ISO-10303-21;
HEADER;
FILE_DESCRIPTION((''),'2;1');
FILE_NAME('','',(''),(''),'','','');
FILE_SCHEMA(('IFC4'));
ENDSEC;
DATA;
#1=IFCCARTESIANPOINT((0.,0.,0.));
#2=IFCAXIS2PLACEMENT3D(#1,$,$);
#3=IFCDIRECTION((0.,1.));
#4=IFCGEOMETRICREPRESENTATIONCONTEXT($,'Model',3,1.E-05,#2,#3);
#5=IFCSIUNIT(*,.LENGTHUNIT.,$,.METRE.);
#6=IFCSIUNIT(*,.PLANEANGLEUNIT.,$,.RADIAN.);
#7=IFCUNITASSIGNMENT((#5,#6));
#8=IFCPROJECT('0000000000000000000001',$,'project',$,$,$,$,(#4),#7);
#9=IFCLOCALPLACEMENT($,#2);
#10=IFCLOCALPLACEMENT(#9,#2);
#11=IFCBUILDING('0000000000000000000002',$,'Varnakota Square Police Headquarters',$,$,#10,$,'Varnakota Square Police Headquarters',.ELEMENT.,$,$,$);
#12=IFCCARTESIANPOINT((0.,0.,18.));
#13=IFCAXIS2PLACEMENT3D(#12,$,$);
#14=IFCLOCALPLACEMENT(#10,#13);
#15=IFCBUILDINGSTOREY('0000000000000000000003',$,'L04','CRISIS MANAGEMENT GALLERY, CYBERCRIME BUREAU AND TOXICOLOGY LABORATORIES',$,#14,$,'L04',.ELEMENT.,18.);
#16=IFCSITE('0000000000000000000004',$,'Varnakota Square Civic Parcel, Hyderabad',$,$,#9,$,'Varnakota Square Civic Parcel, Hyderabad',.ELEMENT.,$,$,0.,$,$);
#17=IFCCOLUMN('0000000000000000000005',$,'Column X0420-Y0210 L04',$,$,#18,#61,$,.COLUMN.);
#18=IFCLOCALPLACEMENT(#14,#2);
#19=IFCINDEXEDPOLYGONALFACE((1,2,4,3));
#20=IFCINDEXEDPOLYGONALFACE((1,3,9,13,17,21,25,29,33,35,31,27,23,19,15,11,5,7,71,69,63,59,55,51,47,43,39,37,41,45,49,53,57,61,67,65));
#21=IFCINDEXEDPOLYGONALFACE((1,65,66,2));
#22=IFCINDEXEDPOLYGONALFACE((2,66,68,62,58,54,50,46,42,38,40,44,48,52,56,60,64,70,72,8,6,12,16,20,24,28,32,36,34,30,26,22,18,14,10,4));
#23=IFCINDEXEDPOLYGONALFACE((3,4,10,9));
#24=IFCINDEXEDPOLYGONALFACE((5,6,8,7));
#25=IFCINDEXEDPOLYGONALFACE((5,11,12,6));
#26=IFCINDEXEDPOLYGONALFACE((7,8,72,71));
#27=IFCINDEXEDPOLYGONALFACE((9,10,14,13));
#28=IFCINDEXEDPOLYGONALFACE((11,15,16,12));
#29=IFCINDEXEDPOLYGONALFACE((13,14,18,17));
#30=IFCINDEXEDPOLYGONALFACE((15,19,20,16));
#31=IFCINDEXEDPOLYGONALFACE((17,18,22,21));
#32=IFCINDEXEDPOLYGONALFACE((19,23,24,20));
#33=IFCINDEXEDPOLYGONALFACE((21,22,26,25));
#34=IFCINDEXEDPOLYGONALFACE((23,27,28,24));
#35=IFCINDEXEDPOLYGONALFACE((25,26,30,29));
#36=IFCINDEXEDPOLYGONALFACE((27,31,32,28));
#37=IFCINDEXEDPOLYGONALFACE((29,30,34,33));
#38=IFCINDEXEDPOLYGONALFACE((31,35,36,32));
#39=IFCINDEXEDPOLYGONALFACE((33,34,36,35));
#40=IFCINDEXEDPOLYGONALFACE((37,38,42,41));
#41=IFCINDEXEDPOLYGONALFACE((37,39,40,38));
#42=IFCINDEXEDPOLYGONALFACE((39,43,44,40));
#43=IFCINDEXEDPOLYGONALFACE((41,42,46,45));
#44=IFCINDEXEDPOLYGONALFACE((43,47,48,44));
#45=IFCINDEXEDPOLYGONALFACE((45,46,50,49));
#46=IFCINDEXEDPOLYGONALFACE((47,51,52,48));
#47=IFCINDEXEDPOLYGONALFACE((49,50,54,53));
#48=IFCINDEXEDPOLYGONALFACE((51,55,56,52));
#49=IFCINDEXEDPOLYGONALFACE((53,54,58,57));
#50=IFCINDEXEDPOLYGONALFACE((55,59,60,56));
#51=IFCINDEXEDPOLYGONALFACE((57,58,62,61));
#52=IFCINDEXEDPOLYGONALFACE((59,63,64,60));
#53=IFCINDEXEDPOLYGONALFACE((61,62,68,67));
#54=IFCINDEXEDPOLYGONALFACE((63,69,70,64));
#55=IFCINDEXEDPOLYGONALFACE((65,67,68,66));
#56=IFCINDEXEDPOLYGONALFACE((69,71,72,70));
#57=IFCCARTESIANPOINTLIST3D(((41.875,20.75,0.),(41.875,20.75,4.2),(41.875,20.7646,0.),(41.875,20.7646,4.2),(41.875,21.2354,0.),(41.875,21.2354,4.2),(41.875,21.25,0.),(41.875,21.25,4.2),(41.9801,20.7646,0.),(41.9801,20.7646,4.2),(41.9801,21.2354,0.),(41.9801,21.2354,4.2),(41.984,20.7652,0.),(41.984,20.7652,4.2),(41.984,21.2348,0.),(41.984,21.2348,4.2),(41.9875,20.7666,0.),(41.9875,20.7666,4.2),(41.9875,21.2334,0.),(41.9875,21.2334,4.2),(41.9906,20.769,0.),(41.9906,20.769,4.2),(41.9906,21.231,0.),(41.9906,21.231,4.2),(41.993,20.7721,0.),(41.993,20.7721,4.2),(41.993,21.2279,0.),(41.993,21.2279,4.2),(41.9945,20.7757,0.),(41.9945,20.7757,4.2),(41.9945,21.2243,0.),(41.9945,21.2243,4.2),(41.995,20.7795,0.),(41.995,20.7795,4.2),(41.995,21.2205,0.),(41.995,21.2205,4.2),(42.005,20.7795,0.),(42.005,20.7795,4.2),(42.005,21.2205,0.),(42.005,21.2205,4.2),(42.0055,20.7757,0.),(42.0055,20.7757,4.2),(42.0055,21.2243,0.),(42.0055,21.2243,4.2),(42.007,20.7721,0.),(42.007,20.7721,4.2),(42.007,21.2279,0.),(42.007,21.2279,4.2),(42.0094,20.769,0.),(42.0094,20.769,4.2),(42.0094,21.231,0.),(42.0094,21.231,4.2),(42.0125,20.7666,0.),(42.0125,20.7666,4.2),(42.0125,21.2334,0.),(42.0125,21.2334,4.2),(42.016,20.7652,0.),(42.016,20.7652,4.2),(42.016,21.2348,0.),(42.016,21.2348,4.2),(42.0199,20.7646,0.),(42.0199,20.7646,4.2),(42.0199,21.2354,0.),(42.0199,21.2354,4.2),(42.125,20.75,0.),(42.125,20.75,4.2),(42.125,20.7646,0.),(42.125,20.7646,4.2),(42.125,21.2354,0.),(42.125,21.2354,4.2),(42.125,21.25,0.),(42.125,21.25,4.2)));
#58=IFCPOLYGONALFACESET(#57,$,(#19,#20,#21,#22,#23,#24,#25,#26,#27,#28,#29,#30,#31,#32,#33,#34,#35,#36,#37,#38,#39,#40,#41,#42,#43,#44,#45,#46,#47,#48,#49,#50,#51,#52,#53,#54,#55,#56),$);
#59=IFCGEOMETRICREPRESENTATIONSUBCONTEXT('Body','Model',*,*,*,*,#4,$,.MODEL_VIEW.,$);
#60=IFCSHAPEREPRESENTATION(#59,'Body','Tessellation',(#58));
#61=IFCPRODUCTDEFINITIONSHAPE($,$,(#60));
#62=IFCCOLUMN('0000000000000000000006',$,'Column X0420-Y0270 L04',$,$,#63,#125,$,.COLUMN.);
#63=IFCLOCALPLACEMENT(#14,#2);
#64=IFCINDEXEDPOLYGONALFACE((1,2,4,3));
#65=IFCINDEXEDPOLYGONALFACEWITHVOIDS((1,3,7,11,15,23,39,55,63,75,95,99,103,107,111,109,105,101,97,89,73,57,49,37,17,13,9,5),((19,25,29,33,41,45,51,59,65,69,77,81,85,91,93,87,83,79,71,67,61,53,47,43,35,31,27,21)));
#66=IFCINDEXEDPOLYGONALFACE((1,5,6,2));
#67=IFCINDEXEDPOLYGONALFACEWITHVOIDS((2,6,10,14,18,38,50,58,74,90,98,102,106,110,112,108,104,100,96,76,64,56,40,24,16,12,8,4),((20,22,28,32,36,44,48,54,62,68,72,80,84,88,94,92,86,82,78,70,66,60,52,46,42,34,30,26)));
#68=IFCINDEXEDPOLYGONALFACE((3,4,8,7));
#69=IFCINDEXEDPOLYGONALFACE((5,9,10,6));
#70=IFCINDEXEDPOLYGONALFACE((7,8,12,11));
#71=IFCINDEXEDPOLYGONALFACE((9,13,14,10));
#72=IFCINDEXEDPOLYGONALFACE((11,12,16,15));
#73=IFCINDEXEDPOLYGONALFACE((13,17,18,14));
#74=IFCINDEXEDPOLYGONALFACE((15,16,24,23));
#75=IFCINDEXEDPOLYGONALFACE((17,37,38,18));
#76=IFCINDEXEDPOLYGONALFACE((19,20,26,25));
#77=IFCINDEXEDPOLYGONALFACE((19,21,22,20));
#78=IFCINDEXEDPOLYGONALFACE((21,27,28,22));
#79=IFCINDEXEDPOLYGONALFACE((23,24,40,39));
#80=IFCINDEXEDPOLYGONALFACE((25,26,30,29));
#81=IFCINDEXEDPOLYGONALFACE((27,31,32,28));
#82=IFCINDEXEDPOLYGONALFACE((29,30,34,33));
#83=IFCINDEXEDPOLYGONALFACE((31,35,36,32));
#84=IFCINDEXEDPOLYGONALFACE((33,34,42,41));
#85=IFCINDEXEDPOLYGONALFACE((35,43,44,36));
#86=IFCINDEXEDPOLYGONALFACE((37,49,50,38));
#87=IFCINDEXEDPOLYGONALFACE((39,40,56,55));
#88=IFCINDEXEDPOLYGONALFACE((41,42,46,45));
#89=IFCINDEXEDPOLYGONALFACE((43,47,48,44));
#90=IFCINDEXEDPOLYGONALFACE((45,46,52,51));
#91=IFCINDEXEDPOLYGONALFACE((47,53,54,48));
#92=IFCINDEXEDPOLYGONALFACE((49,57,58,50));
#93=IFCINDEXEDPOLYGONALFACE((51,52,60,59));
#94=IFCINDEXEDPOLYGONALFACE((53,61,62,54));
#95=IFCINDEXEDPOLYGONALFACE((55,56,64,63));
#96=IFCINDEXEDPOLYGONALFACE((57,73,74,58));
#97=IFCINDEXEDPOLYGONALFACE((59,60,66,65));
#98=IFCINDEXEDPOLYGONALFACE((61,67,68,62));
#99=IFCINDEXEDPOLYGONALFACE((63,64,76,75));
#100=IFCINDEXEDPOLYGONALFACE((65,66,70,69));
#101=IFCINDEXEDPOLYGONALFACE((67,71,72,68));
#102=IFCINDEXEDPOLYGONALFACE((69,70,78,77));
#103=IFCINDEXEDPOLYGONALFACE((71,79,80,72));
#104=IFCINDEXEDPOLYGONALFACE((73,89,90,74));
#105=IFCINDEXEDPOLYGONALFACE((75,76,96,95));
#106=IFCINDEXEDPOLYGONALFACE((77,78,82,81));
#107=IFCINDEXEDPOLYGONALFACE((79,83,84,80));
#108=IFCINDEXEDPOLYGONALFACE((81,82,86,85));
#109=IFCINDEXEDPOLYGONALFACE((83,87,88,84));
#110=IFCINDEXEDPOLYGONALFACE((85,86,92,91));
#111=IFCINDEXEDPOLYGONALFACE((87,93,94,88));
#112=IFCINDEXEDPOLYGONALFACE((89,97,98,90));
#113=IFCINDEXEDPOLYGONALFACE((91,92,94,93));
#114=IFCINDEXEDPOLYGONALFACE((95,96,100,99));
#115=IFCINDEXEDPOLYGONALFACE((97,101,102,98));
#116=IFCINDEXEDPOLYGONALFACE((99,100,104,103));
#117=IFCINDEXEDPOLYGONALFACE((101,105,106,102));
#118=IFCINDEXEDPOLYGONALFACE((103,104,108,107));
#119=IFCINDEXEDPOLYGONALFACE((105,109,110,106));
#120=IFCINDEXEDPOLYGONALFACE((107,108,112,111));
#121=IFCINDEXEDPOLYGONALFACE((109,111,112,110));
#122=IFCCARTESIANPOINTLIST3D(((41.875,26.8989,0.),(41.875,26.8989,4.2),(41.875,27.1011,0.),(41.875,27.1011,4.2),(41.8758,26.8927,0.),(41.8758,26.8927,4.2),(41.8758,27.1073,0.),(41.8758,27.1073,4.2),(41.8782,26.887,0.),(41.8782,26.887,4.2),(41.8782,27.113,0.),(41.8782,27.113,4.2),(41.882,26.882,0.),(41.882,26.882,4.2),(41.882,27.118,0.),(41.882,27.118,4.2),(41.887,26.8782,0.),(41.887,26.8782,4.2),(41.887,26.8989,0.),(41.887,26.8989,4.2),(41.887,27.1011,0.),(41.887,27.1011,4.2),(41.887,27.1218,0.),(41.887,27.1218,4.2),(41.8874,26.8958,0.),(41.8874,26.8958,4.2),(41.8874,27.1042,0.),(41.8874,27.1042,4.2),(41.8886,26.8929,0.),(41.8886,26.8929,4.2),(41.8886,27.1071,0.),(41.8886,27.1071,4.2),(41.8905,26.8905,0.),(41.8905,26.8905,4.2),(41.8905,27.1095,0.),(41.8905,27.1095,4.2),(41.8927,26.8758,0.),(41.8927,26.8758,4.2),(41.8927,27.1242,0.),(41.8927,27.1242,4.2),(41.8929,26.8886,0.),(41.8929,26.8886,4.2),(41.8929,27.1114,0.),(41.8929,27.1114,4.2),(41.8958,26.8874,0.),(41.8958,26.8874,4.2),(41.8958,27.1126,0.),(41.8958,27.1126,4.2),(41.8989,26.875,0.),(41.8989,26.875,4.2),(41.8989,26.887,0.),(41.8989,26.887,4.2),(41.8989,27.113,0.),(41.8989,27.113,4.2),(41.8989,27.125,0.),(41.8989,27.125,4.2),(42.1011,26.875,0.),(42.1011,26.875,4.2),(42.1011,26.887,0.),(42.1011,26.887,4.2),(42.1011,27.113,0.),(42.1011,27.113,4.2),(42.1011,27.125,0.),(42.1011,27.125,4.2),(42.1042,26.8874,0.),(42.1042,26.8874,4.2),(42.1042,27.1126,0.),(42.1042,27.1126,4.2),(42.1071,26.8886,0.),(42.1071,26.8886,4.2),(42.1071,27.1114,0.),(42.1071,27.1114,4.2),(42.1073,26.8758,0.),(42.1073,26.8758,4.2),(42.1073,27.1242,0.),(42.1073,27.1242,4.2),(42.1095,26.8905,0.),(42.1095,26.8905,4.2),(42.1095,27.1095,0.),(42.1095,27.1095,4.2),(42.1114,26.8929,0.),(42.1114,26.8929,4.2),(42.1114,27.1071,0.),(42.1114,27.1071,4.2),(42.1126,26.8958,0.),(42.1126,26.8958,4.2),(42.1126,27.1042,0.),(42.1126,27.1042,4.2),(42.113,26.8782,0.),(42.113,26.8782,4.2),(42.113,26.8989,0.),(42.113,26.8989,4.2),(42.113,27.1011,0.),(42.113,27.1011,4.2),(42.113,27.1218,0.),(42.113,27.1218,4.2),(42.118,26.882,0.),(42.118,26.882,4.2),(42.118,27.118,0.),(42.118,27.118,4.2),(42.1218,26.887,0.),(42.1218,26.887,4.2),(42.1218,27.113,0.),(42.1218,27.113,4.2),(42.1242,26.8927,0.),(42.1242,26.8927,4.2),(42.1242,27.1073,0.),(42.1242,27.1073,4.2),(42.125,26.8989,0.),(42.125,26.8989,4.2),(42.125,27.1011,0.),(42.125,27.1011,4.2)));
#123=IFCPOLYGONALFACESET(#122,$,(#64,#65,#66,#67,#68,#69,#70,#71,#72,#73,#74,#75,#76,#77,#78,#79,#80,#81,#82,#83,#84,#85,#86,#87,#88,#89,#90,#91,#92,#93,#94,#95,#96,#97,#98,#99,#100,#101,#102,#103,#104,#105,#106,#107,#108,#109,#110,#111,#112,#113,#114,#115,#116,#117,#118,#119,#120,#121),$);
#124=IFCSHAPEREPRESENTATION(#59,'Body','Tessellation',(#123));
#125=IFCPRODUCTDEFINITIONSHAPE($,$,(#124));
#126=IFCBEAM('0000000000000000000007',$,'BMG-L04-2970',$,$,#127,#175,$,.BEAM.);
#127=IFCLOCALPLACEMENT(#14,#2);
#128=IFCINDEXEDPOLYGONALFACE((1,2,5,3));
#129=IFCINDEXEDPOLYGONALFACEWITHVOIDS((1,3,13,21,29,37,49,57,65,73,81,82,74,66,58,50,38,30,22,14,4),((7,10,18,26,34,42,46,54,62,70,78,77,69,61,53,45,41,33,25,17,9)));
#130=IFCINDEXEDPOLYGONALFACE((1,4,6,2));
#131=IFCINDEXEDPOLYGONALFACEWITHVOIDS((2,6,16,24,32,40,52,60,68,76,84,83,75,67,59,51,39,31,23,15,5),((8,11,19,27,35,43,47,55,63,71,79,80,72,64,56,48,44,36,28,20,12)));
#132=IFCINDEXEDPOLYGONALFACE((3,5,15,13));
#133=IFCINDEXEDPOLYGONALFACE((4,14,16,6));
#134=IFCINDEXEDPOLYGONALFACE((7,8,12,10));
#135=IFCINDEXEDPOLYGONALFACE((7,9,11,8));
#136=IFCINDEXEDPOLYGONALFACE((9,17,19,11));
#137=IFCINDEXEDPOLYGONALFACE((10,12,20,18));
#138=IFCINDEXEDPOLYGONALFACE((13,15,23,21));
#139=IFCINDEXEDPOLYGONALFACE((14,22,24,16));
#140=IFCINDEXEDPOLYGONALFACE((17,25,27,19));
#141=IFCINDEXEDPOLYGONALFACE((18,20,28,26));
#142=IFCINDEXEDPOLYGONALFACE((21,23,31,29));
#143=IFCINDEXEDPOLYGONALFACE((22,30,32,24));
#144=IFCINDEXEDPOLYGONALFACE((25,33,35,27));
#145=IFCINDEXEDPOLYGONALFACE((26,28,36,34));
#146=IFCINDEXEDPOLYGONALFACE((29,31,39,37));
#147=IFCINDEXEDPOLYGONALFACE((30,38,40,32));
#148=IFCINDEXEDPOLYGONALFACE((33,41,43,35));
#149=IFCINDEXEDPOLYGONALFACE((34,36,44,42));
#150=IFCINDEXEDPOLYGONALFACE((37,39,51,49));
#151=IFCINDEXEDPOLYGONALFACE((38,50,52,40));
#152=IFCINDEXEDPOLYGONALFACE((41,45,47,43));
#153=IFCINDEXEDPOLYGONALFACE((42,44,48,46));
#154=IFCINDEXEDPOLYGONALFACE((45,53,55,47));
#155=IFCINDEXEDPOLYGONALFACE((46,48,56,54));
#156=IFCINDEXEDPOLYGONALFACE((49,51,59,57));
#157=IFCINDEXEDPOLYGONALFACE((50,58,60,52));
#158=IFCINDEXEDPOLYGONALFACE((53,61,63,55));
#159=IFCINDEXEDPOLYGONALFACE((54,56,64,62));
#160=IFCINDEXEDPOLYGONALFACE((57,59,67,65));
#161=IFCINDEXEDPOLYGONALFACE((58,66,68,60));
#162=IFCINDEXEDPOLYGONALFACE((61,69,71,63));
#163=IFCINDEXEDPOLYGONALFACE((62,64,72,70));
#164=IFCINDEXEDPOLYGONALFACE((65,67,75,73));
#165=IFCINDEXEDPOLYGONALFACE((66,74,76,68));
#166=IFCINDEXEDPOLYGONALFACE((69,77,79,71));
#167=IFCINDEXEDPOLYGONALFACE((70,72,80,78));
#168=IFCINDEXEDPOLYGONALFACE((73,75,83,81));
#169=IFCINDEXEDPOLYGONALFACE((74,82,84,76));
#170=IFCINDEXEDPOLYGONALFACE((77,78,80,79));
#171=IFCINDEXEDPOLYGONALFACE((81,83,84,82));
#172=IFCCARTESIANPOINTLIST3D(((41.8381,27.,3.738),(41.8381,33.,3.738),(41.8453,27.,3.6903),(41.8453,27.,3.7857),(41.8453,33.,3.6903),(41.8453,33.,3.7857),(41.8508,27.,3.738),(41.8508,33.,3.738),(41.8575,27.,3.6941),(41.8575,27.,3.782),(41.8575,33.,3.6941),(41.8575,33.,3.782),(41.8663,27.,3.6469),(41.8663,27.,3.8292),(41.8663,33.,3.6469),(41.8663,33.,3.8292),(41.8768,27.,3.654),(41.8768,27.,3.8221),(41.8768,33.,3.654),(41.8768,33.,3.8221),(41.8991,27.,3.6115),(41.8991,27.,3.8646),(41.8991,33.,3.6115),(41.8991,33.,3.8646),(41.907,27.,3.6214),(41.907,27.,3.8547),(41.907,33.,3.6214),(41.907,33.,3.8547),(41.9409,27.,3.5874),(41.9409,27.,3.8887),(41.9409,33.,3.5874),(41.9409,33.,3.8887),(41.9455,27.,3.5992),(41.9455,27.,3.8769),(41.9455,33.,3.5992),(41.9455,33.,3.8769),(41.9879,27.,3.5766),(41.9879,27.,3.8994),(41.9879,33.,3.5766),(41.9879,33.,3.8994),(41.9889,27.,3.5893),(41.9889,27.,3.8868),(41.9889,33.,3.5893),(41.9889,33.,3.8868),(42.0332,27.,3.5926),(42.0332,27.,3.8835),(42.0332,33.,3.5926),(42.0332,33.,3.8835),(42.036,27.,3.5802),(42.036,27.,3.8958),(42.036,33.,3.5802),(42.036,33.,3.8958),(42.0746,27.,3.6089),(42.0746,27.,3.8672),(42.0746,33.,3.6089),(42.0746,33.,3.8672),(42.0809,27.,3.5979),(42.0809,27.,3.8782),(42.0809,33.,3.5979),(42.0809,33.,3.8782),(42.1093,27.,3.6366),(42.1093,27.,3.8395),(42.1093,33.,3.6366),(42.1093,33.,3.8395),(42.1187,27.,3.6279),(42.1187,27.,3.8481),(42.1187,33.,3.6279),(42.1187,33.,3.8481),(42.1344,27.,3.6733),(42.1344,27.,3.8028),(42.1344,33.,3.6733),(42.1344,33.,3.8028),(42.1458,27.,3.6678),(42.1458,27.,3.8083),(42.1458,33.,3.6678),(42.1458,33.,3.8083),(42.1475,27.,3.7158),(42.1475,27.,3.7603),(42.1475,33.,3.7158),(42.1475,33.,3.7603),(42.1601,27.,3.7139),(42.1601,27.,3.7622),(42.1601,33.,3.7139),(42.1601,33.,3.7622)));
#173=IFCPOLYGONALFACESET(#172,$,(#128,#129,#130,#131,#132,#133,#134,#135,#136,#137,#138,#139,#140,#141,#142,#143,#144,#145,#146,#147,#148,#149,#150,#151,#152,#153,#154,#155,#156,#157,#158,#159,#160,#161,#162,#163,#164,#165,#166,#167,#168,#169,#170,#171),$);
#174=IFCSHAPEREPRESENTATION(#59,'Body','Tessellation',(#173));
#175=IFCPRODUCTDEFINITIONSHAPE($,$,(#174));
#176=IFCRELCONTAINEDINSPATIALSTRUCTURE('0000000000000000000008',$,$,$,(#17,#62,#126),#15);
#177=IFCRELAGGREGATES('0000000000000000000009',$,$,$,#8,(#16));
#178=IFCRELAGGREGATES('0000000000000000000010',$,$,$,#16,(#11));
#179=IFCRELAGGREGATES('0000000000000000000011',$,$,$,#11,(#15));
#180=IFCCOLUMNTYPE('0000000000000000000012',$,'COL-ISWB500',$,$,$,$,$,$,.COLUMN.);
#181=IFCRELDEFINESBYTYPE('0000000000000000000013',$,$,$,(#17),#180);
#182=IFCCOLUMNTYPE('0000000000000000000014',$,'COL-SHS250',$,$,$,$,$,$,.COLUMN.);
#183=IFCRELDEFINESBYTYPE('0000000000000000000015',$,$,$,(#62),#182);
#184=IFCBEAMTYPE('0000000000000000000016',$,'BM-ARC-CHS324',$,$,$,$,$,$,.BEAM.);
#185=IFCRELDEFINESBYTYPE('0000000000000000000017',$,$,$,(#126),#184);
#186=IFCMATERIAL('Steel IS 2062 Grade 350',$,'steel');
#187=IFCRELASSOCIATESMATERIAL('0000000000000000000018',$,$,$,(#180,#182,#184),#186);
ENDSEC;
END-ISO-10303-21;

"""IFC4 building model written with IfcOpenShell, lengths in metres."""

from ifc_helpers import new_model, si_unit, direction, frame, origin, origin_2d, place, context, subcontext, project, spatial, hollow_rectangle, hollow_circle, i_section, extrude, material, material_profile, profile_set, type_object, element, save


model = new_model("IFC4")

# Units and contexts
model_context = context("Model", 3, precision=1e-05, world=origin(), true_north=direction((0.0, 1.0)))
body_context = subcontext(model_context, "Body", "Model", "MODEL_VIEW")
ifc_project = project(units=[si_unit("LENGTHUNIT", "METRE"), si_unit("PLANEANGLEUNIT", "RADIAN")], contexts=[model_context])

# Site, building, storey
site_placement = place(None, origin())
site = spatial("IfcSite", under=ifc_project, at=site_placement, Name="Varnakota Square Civic Parcel, Hyderabad", LongName="Varnakota Square Civic Parcel, Hyderabad", CompositionType="ELEMENT", RefElevation=0.0)
building_placement = place(site_placement, origin())
building = spatial("IfcBuilding", under=site, at=building_placement, Name="Varnakota Square Police Headquarters", LongName="Varnakota Square Police Headquarters", CompositionType="ELEMENT")
storey_placement = place(building_placement, frame((0.0, 0.0, 18.0)))
storey = spatial("IfcBuildingStorey", under=building, at=storey_placement, Name="L04", Description="CRISIS MANAGEMENT GALLERY, CYBERCRIME BUREAU AND TOXICOLOGY LABORATORIES", LongName="L04", CompositionType="ELEMENT", Elevation=18.0)

# Columns
ifc_material_1 = material(Name="Steel IS 2062 Grade 350", Category="steel")
ifc_material_profile_1 = material_profile(ifc_material_1, i_section(OverallWidth=0.25, OverallDepth=0.5, WebThickness=0.01, FlangeThickness=0.0146, FilletRadius=0.0149, at=origin_2d()), Name="ISWB 500")
ifc_profile_set_1 = profile_set([ifc_material_profile_1], Name="Steel IS 2062 Grade 350")
column_type_1 = type_object("IfcColumnType", Name="COL-ISWB500", PredefinedType="COLUMN", material=ifc_profile_set_1)
column_1_placement = place(storey_placement, frame((42.0, 21.0, 0.0), z_axis=(0.0, 0.0, 1.0), x_axis=(1.0, 0.0, 0.0)))
element("IfcColumn", 1, at=column_1_placement, inside=storey, type_object=column_type_1, Name="Column X0420-Y0210 L04", PredefinedType="COLUMN", context=body_context, shape_type="SweptSolid", body=[
    extrude(i_section(OverallWidth=0.25, OverallDepth=0.5, WebThickness=0.01, FlangeThickness=0.0146, FilletRadius=0.0149, at=origin_2d()), origin(), (0.0, 0.0, 1.0), 4.2),
])
ifc_material_profile_2 = material_profile(ifc_material_1, hollow_rectangle(XDim=0.25, YDim=0.25, WallThickness=0.012, InnerFilletRadius=0.012, OuterFilletRadius=0.0239, at=origin_2d()), Name="SHS 250x250x12")
ifc_profile_set_2 = profile_set([ifc_material_profile_2], Name="Steel IS 2062 Grade 350")
column_type_2 = type_object("IfcColumnType", Name="COL-SHS250", PredefinedType="COLUMN", material=ifc_profile_set_2)
column_2_placement = place(storey_placement, frame((42.0, 27.0, 0.0), z_axis=(0.0, 0.0, 1.0), x_axis=(1.0, 0.0, 0.0)))
element("IfcColumn", 2, at=column_2_placement, inside=storey, type_object=column_type_2, Name="Column X0420-Y0270 L04", PredefinedType="COLUMN", context=body_context, shape_type="SweptSolid", body=[
    extrude(hollow_rectangle(XDim=0.25, YDim=0.25, WallThickness=0.012, InnerFilletRadius=0.012, OuterFilletRadius=0.0239, at=origin_2d()), origin(), (0.0, 0.0, 1.0), 4.2),
])

# Beam
ifc_material_profile_3 = material_profile(ifc_material_1, hollow_circle(Radius=0.1619, WallThickness=0.0127, at=origin_2d()), Name="CHS 323.9x12.7")
ifc_profile_set_3 = profile_set([ifc_material_profile_3], Name="Steel IS 2062 Grade 350")
beam_type_1 = type_object("IfcBeamType", Name="BM-ARC-CHS324", PredefinedType="BEAM", material=ifc_profile_set_3)
beam_1_placement = place(storey_placement, frame((42.0, 27.0, 3.738), z_axis=(0.0, 1.0, 0.0), x_axis=(-1.0, 0.0, 0.0)))
element("IfcBeam", 3, at=beam_1_placement, inside=storey, type_object=beam_type_1, Name="BMG-L04-2970", PredefinedType="BEAM", context=body_context, shape_type="SweptSolid", body=[
    extrude(hollow_circle(Radius=0.1619, WallThickness=0.0127, at=origin_2d()), origin(), (0.0, 0.0, 1.0), 6.0),
])

save(model, "model.ifc")
